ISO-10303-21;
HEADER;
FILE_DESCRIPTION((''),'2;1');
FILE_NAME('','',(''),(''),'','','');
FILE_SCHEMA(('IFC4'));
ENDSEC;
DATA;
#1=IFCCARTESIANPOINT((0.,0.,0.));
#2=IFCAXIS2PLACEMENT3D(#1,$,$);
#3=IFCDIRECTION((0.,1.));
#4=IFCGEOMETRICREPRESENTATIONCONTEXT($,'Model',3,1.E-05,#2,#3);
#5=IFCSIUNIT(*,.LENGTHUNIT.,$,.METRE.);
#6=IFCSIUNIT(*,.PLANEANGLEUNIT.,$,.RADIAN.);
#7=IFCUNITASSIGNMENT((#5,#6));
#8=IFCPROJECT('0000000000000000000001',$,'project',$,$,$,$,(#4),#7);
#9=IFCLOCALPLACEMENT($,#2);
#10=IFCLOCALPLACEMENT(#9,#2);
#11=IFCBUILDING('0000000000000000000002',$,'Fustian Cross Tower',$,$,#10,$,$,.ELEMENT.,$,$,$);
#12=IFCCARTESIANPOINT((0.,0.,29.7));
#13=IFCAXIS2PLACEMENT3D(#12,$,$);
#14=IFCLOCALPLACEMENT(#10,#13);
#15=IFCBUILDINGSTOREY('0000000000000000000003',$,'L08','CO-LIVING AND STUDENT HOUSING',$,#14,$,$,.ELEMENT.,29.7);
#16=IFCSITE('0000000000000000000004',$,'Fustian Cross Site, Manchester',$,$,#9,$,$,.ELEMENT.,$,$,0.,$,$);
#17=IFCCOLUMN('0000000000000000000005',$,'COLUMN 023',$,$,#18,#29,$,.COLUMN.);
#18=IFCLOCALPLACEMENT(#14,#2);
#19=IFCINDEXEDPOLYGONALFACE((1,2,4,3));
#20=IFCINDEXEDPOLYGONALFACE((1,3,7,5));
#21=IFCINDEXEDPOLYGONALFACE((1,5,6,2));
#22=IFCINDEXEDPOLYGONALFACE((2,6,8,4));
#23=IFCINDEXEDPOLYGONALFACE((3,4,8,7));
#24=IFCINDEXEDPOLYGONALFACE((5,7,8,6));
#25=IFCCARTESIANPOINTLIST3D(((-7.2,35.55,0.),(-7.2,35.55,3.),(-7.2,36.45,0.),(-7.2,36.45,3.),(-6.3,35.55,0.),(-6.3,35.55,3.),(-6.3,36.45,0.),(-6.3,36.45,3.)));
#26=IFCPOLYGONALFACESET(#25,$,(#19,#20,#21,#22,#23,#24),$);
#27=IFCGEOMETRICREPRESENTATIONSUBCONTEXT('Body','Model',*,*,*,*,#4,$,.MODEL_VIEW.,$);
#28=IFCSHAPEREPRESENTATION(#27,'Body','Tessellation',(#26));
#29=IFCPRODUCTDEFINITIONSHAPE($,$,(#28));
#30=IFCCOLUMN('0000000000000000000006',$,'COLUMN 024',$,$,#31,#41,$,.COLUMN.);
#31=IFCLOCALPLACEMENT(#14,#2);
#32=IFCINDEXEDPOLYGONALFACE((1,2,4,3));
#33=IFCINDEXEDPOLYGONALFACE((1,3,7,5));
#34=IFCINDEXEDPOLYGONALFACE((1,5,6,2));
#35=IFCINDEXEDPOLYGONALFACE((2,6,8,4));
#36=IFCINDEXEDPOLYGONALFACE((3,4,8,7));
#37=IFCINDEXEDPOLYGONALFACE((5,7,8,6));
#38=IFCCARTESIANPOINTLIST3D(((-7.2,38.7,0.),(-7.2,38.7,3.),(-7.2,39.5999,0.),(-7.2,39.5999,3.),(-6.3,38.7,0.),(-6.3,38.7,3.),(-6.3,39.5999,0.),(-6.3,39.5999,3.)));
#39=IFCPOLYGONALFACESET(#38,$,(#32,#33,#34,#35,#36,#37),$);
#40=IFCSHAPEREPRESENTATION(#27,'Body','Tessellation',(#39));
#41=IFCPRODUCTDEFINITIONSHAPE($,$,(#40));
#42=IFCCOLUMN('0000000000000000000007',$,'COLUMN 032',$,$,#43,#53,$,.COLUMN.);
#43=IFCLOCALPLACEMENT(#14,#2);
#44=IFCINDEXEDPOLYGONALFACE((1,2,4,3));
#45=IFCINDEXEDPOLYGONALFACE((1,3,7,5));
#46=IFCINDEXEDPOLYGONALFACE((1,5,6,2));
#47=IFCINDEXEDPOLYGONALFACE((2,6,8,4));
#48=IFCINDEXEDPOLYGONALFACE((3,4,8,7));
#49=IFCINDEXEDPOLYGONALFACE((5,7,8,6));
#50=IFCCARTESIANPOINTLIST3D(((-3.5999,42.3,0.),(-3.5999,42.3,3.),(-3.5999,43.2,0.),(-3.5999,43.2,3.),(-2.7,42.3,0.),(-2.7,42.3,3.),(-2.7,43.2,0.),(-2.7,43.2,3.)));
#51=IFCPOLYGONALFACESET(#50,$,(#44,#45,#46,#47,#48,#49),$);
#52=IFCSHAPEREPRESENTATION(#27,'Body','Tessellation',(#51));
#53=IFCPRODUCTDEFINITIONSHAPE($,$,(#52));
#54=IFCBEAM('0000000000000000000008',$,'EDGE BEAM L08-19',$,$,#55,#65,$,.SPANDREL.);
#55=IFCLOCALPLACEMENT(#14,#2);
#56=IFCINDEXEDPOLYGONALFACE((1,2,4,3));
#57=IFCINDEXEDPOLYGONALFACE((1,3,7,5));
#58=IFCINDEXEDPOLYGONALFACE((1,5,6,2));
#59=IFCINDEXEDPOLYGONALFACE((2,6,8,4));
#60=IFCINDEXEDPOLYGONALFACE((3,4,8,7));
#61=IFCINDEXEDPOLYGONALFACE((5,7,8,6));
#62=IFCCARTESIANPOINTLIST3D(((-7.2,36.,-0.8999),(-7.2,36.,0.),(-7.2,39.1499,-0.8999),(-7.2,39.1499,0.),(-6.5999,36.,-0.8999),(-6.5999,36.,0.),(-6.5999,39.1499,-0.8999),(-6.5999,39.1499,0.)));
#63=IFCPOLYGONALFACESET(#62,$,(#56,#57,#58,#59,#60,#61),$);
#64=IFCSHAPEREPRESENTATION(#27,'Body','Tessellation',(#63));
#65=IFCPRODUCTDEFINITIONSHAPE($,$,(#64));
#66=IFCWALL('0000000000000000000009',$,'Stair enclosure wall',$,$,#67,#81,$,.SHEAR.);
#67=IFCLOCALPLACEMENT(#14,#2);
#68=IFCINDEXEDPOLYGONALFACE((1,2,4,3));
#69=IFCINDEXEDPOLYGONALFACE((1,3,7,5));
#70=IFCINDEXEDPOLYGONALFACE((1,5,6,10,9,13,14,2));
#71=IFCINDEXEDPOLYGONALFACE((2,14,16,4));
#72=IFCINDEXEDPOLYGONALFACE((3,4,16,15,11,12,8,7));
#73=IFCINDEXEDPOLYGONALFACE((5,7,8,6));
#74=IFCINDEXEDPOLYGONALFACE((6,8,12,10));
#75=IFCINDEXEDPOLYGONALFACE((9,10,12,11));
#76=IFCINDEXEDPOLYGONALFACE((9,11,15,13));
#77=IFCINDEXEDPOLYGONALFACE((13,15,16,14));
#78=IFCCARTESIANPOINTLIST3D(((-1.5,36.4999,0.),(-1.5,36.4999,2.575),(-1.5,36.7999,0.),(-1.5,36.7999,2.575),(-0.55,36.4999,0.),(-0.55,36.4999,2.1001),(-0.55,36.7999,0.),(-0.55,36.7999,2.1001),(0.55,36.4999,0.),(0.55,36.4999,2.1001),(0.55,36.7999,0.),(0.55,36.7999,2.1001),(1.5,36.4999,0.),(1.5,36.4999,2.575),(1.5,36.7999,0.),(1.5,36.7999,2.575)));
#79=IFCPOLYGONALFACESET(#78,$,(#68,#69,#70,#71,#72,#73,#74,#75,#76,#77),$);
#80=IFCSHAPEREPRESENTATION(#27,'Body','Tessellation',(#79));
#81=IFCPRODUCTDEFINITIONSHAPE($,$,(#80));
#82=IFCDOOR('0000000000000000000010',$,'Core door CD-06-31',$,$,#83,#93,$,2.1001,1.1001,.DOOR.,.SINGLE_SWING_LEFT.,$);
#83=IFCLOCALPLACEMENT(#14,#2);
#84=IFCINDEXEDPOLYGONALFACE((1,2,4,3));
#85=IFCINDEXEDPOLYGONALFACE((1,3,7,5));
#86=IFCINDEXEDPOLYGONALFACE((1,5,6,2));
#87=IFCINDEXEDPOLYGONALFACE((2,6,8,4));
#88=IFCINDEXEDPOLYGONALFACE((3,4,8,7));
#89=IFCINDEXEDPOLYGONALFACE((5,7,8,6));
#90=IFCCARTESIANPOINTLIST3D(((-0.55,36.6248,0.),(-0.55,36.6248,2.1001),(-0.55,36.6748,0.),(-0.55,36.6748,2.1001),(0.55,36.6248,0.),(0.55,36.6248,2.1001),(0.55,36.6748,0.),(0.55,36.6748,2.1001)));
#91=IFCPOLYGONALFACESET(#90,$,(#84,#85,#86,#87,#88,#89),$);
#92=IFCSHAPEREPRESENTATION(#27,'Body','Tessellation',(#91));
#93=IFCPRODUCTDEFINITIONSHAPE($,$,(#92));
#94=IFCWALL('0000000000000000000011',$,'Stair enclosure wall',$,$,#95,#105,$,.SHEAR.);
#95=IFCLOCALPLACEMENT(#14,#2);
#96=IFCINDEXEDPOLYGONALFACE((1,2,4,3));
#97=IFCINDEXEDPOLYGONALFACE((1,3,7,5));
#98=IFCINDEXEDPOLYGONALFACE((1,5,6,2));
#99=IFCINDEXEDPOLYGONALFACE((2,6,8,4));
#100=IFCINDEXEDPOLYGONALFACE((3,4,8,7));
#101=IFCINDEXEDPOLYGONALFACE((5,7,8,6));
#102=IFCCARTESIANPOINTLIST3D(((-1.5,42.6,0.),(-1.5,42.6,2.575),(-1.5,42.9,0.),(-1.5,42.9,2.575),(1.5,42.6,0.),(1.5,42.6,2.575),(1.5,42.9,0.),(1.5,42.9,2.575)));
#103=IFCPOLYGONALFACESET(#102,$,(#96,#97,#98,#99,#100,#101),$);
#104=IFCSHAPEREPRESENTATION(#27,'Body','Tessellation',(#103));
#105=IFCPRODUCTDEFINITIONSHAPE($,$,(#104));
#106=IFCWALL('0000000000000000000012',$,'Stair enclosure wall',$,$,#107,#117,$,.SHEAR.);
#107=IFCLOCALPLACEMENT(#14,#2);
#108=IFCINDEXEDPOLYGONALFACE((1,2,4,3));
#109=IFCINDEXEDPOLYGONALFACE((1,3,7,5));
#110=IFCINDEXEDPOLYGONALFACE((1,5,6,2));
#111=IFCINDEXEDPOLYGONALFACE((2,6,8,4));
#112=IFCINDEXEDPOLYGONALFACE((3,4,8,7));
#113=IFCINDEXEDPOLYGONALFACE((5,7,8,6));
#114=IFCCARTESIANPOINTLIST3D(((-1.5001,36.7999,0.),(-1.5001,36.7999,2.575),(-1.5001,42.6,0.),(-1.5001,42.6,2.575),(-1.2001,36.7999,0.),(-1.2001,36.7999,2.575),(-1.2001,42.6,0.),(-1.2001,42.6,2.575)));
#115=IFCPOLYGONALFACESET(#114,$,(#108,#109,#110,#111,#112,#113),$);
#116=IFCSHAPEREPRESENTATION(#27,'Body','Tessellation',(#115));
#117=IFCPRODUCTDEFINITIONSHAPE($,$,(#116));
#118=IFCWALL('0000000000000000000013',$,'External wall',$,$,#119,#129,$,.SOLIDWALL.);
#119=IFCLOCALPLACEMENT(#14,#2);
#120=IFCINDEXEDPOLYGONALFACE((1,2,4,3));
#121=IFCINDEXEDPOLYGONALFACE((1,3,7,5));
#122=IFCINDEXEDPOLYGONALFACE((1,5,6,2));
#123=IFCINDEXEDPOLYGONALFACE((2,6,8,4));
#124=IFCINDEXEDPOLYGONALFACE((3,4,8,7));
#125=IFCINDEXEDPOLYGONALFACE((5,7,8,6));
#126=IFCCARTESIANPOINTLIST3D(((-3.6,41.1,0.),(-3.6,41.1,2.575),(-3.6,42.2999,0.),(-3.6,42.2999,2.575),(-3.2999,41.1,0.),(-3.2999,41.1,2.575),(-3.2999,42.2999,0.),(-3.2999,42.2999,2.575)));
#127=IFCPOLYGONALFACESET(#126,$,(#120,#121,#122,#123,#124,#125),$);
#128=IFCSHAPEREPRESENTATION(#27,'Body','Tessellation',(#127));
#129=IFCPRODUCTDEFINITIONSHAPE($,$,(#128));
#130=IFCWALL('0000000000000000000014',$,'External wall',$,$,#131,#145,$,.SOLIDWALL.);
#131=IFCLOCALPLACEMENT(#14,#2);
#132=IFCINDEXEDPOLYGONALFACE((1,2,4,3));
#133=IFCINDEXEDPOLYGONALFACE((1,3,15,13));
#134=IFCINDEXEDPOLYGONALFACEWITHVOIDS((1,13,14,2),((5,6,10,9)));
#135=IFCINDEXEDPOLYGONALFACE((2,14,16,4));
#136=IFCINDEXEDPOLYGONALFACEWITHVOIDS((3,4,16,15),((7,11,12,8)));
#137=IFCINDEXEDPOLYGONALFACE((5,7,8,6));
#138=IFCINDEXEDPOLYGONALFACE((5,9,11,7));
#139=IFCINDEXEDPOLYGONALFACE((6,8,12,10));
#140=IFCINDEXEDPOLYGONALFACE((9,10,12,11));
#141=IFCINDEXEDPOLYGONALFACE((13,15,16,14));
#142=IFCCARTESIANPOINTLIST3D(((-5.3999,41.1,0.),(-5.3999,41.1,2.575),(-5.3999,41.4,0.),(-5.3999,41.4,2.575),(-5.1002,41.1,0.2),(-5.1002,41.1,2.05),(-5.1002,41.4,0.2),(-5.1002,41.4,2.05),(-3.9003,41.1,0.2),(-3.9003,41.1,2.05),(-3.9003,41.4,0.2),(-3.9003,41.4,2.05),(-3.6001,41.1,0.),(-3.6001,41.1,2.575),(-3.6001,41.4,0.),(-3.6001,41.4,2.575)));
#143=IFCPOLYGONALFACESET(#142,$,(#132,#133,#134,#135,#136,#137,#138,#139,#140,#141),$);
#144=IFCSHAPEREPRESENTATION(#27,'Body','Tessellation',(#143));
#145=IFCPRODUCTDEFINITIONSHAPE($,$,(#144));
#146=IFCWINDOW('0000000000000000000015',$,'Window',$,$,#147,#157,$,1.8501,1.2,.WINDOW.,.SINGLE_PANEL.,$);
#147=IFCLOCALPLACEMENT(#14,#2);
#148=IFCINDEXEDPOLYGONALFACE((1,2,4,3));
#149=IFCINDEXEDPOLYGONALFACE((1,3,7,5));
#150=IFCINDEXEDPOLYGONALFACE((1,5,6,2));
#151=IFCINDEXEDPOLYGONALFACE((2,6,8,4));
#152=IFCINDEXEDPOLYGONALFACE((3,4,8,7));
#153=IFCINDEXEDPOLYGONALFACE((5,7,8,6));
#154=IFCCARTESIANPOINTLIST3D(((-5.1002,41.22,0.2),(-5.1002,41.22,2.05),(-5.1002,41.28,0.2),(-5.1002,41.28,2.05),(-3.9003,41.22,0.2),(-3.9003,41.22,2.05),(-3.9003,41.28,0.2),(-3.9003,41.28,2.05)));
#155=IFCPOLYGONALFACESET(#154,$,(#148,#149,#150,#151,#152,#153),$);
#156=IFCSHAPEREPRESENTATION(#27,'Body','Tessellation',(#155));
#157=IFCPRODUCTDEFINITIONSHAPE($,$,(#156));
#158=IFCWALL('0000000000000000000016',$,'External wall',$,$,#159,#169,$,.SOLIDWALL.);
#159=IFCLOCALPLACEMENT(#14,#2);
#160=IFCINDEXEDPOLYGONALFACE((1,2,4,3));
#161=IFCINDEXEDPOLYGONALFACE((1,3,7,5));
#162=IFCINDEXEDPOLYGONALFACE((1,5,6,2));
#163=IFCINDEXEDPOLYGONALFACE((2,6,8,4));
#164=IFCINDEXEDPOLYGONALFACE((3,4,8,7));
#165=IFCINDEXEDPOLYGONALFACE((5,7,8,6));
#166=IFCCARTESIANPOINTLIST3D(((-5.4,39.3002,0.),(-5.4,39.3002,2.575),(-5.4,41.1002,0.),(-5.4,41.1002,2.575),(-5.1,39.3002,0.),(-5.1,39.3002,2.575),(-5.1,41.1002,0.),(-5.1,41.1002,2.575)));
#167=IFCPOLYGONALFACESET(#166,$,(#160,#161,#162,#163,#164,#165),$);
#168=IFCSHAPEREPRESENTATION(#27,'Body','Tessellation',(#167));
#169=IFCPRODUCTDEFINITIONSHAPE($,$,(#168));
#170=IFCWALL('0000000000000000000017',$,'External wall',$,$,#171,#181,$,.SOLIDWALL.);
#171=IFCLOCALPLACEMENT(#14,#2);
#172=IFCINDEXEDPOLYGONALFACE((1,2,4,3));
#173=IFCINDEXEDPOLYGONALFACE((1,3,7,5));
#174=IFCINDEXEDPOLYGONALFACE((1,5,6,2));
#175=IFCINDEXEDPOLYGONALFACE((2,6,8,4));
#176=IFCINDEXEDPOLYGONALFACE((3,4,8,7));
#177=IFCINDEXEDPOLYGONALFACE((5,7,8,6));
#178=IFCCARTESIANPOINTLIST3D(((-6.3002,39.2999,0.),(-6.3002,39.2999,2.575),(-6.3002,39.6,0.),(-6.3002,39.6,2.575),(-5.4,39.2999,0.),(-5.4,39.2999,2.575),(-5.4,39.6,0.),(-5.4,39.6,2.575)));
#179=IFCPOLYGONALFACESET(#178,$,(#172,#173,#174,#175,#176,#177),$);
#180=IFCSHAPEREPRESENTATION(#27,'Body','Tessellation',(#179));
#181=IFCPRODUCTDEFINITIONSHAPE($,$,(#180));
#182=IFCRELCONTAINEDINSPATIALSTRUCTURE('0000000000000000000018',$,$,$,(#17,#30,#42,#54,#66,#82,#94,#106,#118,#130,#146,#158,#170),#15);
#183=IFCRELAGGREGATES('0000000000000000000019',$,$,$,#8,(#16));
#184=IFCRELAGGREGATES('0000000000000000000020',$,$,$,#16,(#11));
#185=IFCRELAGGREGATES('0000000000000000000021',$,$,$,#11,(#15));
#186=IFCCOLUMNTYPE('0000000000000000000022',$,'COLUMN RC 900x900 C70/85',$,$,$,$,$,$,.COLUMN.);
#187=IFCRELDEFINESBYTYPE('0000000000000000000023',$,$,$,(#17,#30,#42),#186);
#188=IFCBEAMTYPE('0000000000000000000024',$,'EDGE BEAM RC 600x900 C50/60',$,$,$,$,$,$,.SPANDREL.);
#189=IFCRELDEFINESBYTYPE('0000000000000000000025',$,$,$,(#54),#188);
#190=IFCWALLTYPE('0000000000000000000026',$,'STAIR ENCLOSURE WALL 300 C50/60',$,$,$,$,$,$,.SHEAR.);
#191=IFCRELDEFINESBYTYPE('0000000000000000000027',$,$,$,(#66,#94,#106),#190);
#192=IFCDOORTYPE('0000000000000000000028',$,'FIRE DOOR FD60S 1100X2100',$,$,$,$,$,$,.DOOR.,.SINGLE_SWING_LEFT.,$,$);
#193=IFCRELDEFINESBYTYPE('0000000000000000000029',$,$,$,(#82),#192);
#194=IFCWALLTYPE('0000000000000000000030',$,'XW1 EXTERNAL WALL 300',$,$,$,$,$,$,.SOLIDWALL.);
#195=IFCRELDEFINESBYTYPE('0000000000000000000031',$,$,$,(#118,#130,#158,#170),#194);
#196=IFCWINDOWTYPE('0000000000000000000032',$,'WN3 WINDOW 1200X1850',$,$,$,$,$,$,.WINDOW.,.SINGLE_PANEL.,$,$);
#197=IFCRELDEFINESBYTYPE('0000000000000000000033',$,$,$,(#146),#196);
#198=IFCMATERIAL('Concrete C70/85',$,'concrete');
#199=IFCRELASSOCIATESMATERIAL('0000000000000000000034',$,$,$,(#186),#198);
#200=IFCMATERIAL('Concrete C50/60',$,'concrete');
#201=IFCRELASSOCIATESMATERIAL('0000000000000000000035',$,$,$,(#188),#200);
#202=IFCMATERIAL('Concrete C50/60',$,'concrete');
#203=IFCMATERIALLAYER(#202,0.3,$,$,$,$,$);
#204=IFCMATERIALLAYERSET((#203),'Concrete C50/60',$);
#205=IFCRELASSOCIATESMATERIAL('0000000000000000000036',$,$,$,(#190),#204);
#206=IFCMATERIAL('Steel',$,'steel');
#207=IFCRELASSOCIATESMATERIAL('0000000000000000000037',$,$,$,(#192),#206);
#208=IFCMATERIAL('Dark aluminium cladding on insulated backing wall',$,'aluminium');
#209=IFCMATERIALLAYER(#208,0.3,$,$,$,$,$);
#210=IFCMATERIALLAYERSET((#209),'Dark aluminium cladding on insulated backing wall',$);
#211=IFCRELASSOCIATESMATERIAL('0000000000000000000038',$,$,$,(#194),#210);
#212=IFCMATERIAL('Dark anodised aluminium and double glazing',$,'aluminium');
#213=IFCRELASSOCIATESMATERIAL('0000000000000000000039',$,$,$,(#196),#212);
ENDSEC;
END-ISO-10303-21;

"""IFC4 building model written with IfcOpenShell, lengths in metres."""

from ifc_helpers import new_model, si_unit, direction, frame, frame_2d, origin, origin_2d, place, context, subcontext, project, spatial, rectangle, extrude, material, layer, layer_set, material_profile, profile_set, type_object, element, fill, save


model = new_model("IFC4")

# Units and contexts
model_context = context("Model", 3, precision=1e-05, world=origin(), true_north=direction((0.0, 1.0)))
body_context = subcontext(model_context, "Body", "Model", "MODEL_VIEW")
ifc_project = project(units=[si_unit("LENGTHUNIT", "METRE"), si_unit("PLANEANGLEUNIT", "RADIAN")], contexts=[model_context])

# Site, building, storey
site_placement = place(None, origin())
site = spatial("IfcSite", under=ifc_project, at=site_placement, Name="Fustian Cross Site, Manchester", CompositionType="ELEMENT", RefElevation=0.0)
building_placement = place(site_placement, origin())
building = spatial("IfcBuilding", under=site, at=building_placement, Name="Fustian Cross Tower", CompositionType="ELEMENT")
storey_placement = place(building_placement, frame((0.0, 0.0, 29.7)))
storey = spatial("IfcBuildingStorey", under=building, at=storey_placement, Name="L08", Description="CO-LIVING AND STUDENT HOUSING", CompositionType="ELEMENT", Elevation=29.7)

# Columns
ifc_material_1 = material(Name="Concrete C70/85", Category="concrete")
ifc_material_profile_1 = material_profile(ifc_material_1, rectangle(XDim=0.8999, YDim=0.8999, at=origin_2d()), Name="RC 900x900")
ifc_profile_set_1 = profile_set([ifc_material_profile_1], Name="Concrete C70/85")
column_type = type_object("IfcColumnType", Name="COLUMN RC 900x900 C70/85", PredefinedType="COLUMN", material=ifc_profile_set_1)
for number, where, z_axis, x_axis, name in (
    (1, (-6.75, 36.0, 0.0), (0.0, 0.0, 1.0), (1.0, 0.0, 0.0), "COLUMN 023"),
    (2, (-6.75, 39.1499, 0.0), (0.0, 0.0, 1.0), (1.0, 0.0, 0.0), "COLUMN 024"),
    (3, (-3.1499, 42.75, 0.0), (0.0, 0.0, 1.0), (1.0, 0.0, 0.0), "COLUMN 032"),
):
    element("IfcColumn", number, at=place(storey_placement, frame(where, z_axis=z_axis, x_axis=x_axis)), inside=storey, type_object=column_type, Name=name, PredefinedType="COLUMN", context=body_context, shape_type="SweptSolid", body=[
        extrude(rectangle(XDim=0.8999, YDim=0.8999, at=origin_2d()), origin(), (0.0, 0.0, 1.0), 3.0),
    ])

# Beam
ifc_material_2 = material(Name="Concrete C50/60", Category="concrete")
ifc_material_profile_2 = material_profile(ifc_material_2, rectangle(XDim=0.6001, YDim=0.8999, at=origin_2d()), Name="RC 600x900")
ifc_profile_set_2 = profile_set([ifc_material_profile_2], Name="Concrete C50/60")
beam_type = type_object("IfcBeamType", Name="EDGE BEAM RC 600x900 C50/60", PredefinedType="SPANDREL", material=ifc_profile_set_2)
beam_placement = place(storey_placement, frame((-6.8999, 39.1499, -0.45), z_axis=(0.0, -1.0, 0.0), x_axis=(1.0, 0.0, 0.0)))
element("IfcBeam", 4, at=beam_placement, inside=storey, type_object=beam_type, Name="EDGE BEAM L08-19", PredefinedType="SPANDREL", context=body_context, shape_type="SweptSolid", body=[
    extrude(rectangle(XDim=0.6001, YDim=0.8999, at=origin_2d()), origin(), (0.0, 0.0, 1.0), 3.1499),
])

# Wall, opening, door
ifc_material_3 = material(Name="Concrete C50/60", Category="concrete")
ifc_layer_1 = layer(ifc_material_3, 0.3)
ifc_layer_set_1 = layer_set([ifc_layer_1], Name="Concrete C50/60")
wall_type_1 = type_object("IfcWallType", Name="STAIR ENCLOSURE WALL 300 C50/60", PredefinedType="SHEAR", material=ifc_layer_set_1)
wall_1_placement = place(storey_placement, frame((-1.5, 36.6499, 0.0), z_axis=(0.0, 0.0, 1.0), x_axis=(1.0, 0.0, 0.0)))
wall_1 = element("IfcWall", 5, at=wall_1_placement, inside=storey, type_object=wall_type_1, Name="Stair enclosure wall", PredefinedType="SHEAR", context=body_context, shape_type="SweptSolid", body=[
    extrude(rectangle(XDim=3.0, YDim=0.3, at=frame_2d((1.5, 0.0))), origin(), (0.0, 0.0, 1.0), 2.575),
])
opening_1_placement = place(wall_1_placement, frame((0.95, 0.0, 0.0)))
opening_1 = element("IfcOpeningElement", 6, at=opening_1_placement, cuts=wall_1, PredefinedType="OPENING", context=body_context, shape_type="SweptSolid", body=[
    extrude(rectangle(XDim=1.1001, YDim=2.1001, at=frame_2d((0.55, 1.05))), frame((0.0, 0.1599, 0.0), z_axis=(0.0, -1.0, 0.0), x_axis=(1.0, 0.0, 0.0)), (0.0, 0.0, 1.0), 0.3201),
])
ifc_material_4 = material(Name="Steel", Category="steel")
door_type = type_object("IfcDoorType", Name="FIRE DOOR FD60S 1100X2100", OperationType="SINGLE_SWING_LEFT", PredefinedType="DOOR", material=ifc_material_4)
door_placement = place(opening_1_placement, origin())
door = element("IfcDoor", 7, at=door_placement, inside=storey, type_object=door_type, Name="Core door CD-06-31", OperationType="SINGLE_SWING_LEFT", OverallHeight=2.1001, OverallWidth=1.1001, PredefinedType="DOOR", context=body_context, shape_type="SweptSolid", body=[
    extrude(rectangle(XDim=1.1001, YDim=2.1001, at=frame_2d((0.55, 1.05))), frame((0.0, 0.0249, 0.0), z_axis=(0.0, -1.0, 0.0), x_axis=(1.0, 0.0, 0.0)), (0.0, 0.0, 1.0), 0.05),
])
fill(opening_1, door)

# Walls
wall_2_placement = place(storey_placement, frame((-1.5, 42.75, 0.0), z_axis=(0.0, 0.0, 1.0), x_axis=(1.0, 0.0, 0.0)))
element("IfcWall", 8, at=wall_2_placement, inside=storey, type_object=wall_type_1, Name="Stair enclosure wall", PredefinedType="SHEAR", context=body_context, shape_type="SweptSolid", body=[
    extrude(rectangle(XDim=3.0, YDim=0.3, at=frame_2d((1.5, 0.0))), origin(), (0.0, 0.0, 1.0), 2.575),
])
wall_3_placement = place(storey_placement, frame((-1.3501, 36.8, 0.0), z_axis=(0.0, 0.0, 1.0), x_axis=(0.0, 1.0, 0.0)))
element("IfcWall", 9, at=wall_3_placement, inside=storey, type_object=wall_type_1, Name="Stair enclosure wall", PredefinedType="SHEAR", context=body_context, shape_type="SweptSolid", body=[
    extrude(rectangle(XDim=5.8, YDim=0.3, at=frame_2d((2.8999, 0.0))), origin(), (0.0, 0.0, 1.0), 2.575),
])
ifc_material_5 = material(Name="Dark aluminium cladding on insulated backing wall", Category="aluminium")
ifc_layer_2 = layer(ifc_material_5, 0.3)
ifc_layer_set_2 = layer_set([ifc_layer_2], Name="Dark aluminium cladding on insulated backing wall")
wall_type_2 = type_object("IfcWallType", Name="XW1 EXTERNAL WALL 300", PredefinedType="SOLIDWALL", material=ifc_layer_set_2)
wall_4_placement = place(storey_placement, frame((-3.45, 42.3, 0.0), z_axis=(0.0, 0.0, 1.0), x_axis=(0.0, -1.0, 0.0)))
element("IfcWall", 10, at=wall_4_placement, inside=storey, type_object=wall_type_2, Name="External wall", PredefinedType="SOLIDWALL", context=body_context, shape_type="SweptSolid", body=[
    extrude(rectangle(XDim=1.2, YDim=0.3, at=frame_2d((0.6001, 0.0))), origin(), (0.0, 0.0, 1.0), 2.575),
])

# Wall, opening, window
wall_5_placement = place(storey_placement, frame((-3.6001, 41.25, 0.0), z_axis=(0.0, 0.0, 1.0), x_axis=(-1.0, 0.0, 0.0)))
wall_5 = element("IfcWall", 11, at=wall_5_placement, inside=storey, type_object=wall_type_2, Name="External wall", PredefinedType="SOLIDWALL", context=body_context, shape_type="SweptSolid", body=[
    extrude(rectangle(XDim=1.7998, YDim=0.3, at=frame_2d((0.8999, 0.0))), origin(), (0.0, 0.0, 1.0), 2.575),
])
opening_2_placement = place(wall_5_placement, frame((0.3, 0.0, 0.2)))
opening_2 = element("IfcOpeningElement", 12, at=opening_2_placement, cuts=wall_5, PredefinedType="OPENING", context=body_context, shape_type="SweptSolid", body=[
    extrude(rectangle(XDim=1.2, YDim=1.8501, at=frame_2d((0.6001, 0.925))), frame((0.0, 0.1599, 0.0), z_axis=(0.0, -1.0, 0.0), x_axis=(1.0, 0.0, 0.0)), (0.0, 0.0, 1.0), 0.3201),
])
ifc_material_6 = material(Name="Dark anodised aluminium and double glazing", Category="aluminium")
window_type = type_object("IfcWindowType", Name="WN3 WINDOW 1200X1850", PartitioningType="SINGLE_PANEL", PredefinedType="WINDOW", material=ifc_material_6)
window_placement = place(opening_2_placement, origin())
window = element("IfcWindow", 13, at=window_placement, inside=storey, type_object=window_type, Name="Window", OverallHeight=1.8501, OverallWidth=1.2, PartitioningType="SINGLE_PANEL", PredefinedType="WINDOW", context=body_context, shape_type="SweptSolid", body=[
    extrude(rectangle(XDim=1.2, YDim=1.8501, at=frame_2d((0.6001, 0.925))), frame((0.0, 0.03, 0.0), z_axis=(0.0, -1.0, 0.0), x_axis=(1.0, 0.0, 0.0)), (0.0, 0.0, 1.0), 0.0601),
])
fill(opening_2, window)

# Walls
wall_6_placement = place(storey_placement, frame((-5.25, 41.1001, 0.0), z_axis=(0.0, 0.0, 1.0), x_axis=(0.0, -1.0, 0.0)))
element("IfcWall", 14, at=wall_6_placement, inside=storey, type_object=wall_type_2, Name="External wall", PredefinedType="SOLIDWALL", context=body_context, shape_type="SweptSolid", body=[
    extrude(rectangle(XDim=1.8, YDim=0.3, at=frame_2d((0.8999, 0.0))), origin(), (0.0, 0.0, 1.0), 2.575),
])
wall_7_placement = place(storey_placement, frame((-5.3999, 39.45, 0.0), z_axis=(0.0, 0.0, 1.0), x_axis=(-1.0, 0.0, 0.0)))
element("IfcWall", 15, at=wall_7_placement, inside=storey, type_object=wall_type_2, Name="External wall", PredefinedType="SOLIDWALL", context=body_context, shape_type="SweptSolid", body=[
    extrude(rectangle(XDim=0.9001, YDim=0.3, at=frame_2d((0.4502, 0.0))), origin(), (0.0, 0.0, 1.0), 2.575),
])

save(model, "model.ifc")
